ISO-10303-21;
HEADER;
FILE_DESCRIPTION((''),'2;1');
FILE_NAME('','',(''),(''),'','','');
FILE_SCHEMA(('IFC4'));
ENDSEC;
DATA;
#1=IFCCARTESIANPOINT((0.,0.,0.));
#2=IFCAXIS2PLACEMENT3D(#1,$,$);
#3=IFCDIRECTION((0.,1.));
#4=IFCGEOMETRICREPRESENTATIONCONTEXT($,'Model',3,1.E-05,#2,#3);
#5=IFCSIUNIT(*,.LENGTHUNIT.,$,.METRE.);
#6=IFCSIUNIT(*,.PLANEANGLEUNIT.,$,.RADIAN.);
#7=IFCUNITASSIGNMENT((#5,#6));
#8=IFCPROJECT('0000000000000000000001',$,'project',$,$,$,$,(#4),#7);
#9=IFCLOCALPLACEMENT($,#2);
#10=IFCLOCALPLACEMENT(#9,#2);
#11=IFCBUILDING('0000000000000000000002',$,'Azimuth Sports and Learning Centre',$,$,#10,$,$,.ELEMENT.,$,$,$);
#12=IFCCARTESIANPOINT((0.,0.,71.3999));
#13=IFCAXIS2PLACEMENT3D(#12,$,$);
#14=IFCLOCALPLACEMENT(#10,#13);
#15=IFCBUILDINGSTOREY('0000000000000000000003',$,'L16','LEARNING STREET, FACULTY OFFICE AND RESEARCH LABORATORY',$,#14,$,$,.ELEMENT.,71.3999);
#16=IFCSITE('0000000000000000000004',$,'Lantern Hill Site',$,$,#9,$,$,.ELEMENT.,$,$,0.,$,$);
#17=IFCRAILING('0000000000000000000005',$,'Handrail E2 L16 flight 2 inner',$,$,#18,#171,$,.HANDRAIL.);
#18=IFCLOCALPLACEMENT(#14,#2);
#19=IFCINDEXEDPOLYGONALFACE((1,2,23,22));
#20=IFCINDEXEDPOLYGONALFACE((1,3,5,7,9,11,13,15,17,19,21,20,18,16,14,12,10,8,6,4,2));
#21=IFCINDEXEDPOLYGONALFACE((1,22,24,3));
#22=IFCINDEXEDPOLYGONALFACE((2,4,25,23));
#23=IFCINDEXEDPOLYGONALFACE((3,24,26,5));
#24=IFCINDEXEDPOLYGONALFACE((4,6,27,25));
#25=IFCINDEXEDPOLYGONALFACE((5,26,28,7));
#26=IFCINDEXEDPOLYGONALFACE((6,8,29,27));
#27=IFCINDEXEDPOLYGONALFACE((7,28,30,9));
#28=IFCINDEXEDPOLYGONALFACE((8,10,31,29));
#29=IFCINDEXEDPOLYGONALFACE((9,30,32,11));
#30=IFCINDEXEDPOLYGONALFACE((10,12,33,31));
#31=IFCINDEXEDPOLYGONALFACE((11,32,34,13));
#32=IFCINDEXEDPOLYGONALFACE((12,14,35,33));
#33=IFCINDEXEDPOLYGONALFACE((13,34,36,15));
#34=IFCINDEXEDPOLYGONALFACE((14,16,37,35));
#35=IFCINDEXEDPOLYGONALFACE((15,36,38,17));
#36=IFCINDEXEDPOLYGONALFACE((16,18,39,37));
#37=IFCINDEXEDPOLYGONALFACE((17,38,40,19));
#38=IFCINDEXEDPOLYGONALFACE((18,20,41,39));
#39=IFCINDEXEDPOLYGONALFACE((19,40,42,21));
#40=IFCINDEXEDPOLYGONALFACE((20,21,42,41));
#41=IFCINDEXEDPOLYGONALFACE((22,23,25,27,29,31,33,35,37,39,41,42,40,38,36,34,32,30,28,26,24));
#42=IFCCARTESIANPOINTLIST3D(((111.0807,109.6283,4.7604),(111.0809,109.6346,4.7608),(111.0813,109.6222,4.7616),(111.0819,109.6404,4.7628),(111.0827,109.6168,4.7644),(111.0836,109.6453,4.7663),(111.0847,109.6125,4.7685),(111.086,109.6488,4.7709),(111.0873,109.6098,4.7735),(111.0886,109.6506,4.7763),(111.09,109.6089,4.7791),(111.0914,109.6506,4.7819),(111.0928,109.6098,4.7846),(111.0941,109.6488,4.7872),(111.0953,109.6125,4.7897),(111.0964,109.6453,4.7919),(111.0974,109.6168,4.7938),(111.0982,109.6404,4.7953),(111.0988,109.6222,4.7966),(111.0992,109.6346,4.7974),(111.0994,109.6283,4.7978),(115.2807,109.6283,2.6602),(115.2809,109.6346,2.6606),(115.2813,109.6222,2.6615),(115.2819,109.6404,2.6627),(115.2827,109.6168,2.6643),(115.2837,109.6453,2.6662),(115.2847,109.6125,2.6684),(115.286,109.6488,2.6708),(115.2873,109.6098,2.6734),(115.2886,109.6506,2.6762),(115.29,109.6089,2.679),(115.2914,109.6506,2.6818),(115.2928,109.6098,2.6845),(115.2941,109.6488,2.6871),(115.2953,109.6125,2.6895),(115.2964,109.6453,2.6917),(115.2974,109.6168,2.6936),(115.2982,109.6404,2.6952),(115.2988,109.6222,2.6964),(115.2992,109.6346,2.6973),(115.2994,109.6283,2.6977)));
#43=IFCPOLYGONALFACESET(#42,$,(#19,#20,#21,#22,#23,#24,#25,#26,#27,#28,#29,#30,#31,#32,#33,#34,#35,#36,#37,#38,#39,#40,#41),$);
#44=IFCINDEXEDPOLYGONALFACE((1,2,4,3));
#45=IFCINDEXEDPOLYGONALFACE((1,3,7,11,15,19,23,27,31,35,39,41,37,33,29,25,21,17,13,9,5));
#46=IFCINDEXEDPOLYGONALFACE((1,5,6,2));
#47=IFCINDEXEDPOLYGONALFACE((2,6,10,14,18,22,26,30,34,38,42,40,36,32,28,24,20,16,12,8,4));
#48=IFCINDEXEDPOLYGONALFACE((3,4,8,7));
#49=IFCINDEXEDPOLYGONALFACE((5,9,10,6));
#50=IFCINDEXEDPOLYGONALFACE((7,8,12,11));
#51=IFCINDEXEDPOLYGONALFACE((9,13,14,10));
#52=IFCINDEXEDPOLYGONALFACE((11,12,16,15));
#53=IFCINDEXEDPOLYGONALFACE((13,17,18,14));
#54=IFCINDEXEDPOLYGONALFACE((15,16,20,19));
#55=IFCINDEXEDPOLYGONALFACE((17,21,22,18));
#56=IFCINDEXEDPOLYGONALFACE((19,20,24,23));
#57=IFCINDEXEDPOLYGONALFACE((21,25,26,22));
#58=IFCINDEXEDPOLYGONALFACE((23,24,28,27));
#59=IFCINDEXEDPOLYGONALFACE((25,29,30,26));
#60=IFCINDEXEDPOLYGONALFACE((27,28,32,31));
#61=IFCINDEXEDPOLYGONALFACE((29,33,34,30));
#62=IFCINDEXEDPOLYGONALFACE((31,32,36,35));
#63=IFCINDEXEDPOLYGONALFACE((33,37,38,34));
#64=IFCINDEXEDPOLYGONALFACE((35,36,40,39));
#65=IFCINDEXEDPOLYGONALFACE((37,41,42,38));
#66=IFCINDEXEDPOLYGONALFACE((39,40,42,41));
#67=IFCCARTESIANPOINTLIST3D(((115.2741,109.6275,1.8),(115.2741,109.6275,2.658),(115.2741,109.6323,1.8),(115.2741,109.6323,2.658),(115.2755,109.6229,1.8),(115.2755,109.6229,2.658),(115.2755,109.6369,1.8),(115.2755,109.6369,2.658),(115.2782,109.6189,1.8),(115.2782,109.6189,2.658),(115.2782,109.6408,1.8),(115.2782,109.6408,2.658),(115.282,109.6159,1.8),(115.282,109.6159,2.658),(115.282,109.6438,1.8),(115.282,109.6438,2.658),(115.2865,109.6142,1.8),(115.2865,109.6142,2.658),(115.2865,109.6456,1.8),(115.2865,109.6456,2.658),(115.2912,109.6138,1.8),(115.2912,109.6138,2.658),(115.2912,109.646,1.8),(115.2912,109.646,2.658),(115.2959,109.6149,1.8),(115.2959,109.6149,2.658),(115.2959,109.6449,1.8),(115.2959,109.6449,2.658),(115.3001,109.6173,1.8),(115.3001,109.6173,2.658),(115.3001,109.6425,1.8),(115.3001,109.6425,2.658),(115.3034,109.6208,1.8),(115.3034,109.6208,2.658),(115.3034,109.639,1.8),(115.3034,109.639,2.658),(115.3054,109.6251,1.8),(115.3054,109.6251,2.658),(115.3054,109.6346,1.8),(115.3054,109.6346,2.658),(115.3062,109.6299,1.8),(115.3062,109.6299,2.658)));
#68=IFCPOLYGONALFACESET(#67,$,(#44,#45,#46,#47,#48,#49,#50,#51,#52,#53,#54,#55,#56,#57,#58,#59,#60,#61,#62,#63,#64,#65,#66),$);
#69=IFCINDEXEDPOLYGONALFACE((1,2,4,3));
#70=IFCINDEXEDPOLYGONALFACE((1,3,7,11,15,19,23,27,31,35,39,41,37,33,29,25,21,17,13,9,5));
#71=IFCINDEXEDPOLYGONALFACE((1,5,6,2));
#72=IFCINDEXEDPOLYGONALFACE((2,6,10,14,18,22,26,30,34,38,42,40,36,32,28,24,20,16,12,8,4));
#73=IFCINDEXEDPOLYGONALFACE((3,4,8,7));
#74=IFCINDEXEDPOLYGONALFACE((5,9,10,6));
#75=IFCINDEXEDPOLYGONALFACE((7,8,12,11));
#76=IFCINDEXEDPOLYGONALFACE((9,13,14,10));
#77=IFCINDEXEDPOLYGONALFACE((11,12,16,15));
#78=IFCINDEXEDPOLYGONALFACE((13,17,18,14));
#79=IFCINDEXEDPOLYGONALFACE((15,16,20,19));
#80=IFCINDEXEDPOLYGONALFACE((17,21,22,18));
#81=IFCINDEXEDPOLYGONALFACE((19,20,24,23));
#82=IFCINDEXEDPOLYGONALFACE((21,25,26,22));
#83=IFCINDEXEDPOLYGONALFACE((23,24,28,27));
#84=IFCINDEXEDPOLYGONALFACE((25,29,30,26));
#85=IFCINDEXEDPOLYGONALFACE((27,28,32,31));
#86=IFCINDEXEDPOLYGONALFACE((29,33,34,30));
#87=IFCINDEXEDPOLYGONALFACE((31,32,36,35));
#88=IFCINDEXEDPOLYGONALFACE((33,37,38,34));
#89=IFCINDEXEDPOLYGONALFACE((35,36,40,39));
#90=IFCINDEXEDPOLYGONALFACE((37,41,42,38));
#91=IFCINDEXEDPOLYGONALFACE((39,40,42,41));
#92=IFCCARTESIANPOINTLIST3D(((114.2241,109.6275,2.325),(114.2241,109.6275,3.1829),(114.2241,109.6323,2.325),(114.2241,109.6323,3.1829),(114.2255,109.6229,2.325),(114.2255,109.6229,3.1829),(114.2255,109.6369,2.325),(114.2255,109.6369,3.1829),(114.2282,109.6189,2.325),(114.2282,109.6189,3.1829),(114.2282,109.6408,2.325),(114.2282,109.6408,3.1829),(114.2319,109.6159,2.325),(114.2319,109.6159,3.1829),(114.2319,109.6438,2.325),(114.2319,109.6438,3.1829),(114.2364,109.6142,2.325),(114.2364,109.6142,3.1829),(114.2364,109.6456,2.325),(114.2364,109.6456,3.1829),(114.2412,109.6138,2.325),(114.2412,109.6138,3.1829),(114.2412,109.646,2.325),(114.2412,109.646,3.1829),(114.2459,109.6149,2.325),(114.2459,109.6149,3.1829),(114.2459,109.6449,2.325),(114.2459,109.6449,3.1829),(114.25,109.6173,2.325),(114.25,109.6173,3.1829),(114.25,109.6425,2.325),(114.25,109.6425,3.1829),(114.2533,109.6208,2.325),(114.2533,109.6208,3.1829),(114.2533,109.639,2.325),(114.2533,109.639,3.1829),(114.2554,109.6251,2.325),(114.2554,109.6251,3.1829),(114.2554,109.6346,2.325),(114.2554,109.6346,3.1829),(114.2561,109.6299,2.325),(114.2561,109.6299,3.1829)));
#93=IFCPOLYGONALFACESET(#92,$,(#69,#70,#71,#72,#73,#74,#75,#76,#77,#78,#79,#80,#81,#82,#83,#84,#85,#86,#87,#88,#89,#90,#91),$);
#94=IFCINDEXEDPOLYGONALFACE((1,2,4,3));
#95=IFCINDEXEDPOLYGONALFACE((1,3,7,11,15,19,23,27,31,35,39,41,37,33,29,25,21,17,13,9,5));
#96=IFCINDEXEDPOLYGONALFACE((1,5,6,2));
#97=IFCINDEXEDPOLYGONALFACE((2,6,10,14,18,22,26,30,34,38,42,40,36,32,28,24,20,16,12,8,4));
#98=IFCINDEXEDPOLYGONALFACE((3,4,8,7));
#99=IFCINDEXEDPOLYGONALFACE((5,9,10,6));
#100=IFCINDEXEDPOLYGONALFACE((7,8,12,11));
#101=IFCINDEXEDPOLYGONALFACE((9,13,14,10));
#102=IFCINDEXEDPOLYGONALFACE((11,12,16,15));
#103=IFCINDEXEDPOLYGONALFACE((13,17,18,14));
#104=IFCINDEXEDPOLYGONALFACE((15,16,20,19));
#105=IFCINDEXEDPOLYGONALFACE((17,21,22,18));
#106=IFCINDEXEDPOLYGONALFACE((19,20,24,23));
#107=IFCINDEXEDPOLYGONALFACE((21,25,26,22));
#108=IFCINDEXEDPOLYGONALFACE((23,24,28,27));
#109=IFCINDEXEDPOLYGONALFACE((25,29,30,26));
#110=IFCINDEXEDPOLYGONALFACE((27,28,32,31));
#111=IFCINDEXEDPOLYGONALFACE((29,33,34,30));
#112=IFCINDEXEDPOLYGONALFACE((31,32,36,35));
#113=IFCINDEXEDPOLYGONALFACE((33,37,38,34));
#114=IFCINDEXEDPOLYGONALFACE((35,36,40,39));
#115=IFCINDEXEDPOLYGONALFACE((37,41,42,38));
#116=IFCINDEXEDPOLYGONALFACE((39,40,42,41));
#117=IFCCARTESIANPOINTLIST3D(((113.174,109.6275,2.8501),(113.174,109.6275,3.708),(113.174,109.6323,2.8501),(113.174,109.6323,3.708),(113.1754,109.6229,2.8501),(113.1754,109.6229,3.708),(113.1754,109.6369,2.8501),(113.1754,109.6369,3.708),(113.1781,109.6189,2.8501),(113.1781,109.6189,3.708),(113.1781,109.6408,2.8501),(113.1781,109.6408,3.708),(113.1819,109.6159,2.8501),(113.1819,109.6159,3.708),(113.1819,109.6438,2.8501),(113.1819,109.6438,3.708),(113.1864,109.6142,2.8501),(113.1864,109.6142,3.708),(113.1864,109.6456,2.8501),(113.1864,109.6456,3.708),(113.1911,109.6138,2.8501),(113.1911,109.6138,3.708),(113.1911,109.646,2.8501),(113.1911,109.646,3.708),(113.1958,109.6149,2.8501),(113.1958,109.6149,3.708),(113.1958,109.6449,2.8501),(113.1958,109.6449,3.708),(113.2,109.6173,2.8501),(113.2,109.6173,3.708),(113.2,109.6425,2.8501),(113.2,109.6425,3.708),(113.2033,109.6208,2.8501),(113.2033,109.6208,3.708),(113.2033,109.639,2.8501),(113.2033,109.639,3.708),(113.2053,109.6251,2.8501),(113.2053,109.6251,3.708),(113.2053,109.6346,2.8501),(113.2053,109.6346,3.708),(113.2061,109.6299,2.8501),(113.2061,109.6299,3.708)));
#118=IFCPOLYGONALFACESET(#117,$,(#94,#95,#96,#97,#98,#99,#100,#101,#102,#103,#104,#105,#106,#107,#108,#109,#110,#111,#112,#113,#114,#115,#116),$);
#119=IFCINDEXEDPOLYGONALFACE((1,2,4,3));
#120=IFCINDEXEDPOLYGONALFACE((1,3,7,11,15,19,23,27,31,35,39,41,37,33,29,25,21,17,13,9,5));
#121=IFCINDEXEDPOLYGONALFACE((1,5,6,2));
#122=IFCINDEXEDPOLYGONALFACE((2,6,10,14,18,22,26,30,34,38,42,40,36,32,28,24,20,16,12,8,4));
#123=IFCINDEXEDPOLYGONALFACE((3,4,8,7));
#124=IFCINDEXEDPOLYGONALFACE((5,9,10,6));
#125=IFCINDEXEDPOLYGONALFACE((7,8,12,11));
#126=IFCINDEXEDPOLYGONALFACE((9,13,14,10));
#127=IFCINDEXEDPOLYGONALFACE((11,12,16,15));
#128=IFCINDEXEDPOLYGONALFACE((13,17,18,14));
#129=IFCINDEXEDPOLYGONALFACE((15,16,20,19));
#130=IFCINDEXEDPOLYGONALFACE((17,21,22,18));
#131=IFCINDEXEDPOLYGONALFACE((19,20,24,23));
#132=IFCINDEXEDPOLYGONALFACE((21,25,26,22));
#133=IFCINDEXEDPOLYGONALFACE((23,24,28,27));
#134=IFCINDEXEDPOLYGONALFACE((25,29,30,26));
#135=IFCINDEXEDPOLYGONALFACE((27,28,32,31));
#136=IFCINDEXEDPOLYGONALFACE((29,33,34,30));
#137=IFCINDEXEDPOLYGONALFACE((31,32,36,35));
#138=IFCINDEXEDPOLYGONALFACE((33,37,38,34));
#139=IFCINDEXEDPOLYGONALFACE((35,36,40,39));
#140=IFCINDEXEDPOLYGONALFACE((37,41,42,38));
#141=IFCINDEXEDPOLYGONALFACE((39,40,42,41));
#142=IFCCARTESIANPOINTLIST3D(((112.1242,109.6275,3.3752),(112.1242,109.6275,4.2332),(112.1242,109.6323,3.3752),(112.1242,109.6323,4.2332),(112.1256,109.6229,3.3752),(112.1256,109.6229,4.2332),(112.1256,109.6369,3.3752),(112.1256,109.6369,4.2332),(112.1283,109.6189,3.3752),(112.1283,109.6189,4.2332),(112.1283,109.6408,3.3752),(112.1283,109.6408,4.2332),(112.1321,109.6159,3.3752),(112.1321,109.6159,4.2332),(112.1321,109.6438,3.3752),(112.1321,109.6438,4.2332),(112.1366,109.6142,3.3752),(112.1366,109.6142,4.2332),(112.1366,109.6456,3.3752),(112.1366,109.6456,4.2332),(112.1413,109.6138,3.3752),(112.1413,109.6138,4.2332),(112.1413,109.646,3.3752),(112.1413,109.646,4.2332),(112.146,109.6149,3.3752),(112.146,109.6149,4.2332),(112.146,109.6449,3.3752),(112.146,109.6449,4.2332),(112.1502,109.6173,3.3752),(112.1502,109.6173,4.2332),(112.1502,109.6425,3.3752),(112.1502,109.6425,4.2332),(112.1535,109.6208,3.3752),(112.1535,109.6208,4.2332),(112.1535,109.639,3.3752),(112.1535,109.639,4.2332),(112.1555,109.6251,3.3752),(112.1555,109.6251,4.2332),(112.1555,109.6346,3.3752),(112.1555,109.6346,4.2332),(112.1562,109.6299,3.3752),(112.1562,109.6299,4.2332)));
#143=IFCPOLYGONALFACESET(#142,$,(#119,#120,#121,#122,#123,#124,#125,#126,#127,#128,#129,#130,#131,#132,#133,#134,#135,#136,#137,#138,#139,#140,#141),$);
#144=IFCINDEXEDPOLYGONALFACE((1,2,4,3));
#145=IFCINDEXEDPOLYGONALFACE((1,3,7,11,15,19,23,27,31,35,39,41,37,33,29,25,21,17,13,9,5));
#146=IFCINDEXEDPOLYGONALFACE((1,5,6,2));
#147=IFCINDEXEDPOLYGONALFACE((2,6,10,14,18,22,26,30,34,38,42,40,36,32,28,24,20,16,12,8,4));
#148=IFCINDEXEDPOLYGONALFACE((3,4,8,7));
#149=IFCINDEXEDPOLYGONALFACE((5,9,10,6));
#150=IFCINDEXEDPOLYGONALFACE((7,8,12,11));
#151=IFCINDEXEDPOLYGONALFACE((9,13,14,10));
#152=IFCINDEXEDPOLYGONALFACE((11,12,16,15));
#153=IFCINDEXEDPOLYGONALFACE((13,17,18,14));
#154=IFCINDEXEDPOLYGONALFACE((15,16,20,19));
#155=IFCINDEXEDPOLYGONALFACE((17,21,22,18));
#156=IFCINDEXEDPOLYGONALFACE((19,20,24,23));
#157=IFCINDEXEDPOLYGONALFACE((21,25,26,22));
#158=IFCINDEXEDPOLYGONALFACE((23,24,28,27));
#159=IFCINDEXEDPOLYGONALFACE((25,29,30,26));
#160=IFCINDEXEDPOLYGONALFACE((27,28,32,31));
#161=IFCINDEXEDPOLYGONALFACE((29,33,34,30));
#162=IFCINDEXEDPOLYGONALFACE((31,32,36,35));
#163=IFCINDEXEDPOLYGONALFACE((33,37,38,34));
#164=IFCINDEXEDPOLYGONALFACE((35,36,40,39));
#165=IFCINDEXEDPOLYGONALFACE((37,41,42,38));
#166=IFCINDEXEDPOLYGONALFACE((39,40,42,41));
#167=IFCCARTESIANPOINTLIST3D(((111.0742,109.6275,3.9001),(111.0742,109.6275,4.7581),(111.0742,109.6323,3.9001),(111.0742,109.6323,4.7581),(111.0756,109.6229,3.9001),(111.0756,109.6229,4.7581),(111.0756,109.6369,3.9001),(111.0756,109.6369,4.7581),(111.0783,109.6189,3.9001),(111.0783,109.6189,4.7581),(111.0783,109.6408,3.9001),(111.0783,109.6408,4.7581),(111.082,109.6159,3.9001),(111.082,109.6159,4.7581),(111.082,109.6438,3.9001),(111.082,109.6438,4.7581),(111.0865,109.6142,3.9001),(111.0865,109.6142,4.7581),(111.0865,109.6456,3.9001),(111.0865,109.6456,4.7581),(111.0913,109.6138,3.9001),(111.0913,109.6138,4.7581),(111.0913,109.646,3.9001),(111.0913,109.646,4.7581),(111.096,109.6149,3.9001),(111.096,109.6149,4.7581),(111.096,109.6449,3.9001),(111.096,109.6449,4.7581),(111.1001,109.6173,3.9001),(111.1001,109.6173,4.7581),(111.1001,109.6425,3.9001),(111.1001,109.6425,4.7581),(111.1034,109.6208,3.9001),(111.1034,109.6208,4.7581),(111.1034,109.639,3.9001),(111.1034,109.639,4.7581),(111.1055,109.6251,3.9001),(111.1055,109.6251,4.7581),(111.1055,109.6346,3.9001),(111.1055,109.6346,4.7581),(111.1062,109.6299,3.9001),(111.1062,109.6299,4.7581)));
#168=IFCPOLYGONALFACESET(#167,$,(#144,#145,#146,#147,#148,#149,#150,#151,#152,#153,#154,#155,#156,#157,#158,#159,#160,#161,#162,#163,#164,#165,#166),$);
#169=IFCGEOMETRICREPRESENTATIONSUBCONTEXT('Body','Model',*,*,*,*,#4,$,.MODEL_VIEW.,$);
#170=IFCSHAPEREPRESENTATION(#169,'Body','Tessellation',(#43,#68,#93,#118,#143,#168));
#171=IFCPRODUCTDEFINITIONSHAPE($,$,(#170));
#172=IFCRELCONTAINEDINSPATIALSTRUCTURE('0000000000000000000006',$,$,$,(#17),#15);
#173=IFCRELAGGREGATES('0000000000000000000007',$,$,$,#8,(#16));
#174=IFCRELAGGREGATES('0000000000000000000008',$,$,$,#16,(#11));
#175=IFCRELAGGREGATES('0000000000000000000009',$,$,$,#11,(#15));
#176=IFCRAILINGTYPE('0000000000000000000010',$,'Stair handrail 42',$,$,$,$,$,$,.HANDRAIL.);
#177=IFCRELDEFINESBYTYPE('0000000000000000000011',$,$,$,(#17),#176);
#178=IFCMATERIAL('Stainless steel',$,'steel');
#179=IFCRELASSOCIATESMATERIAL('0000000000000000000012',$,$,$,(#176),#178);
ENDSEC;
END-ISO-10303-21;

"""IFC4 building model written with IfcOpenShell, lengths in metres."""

from ifc_helpers import new_model, si_unit, direction, frame, origin, origin_2d, place, context, subcontext, project, spatial, circle, extrude, material, type_object, element, save


model = new_model("IFC4")

# Units and contexts
model_context = context("Model", 3, precision=1e-05, world=origin(), true_north=direction((0.0, 1.0)))
body_context = subcontext(model_context, "Body", "Model", "MODEL_VIEW")
ifc_project = project(units=[si_unit("LENGTHUNIT", "METRE"), si_unit("PLANEANGLEUNIT", "RADIAN")], contexts=[model_context])

# Site, building, storey
site_placement = place(None, origin())
site = spatial("IfcSite", under=ifc_project, at=site_placement, Name="Lantern Hill Site", CompositionType="ELEMENT", RefElevation=0.0)
building_placement = place(site_placement, origin())
building = spatial("IfcBuilding", under=site, at=building_placement, Name="Azimuth Sports and Learning Centre", CompositionType="ELEMENT")
storey_placement = place(building_placement, frame((0.0, 0.0, 71.3999)))
storey = spatial("IfcBuildingStorey", under=building, at=storey_placement, Name="L16", Description="LEARNING STREET, FACULTY OFFICE AND RESEARCH LABORATORY", CompositionType="ELEMENT", Elevation=71.3999)

# Railing
ifc_material_1 = material(Name="Stainless steel", Category="steel")
railing_type_1 = type_object("IfcRailingType", Name="Stair handrail 42", PredefinedType="HANDRAIL", material=ifc_material_1)
railing_1_placement = place(storey_placement, frame((115.29, 109.6299, 1.8)))
element("IfcRailing", 1, at=railing_1_placement, inside=storey, type_object=railing_type_1, Name="Handrail E2 L16 flight 2 inner", PredefinedType="HANDRAIL", context=body_context, shape_type="SweptSolid", body=[
    extrude(circle(Radius=0.021, at=origin_2d()), frame((0.0, 0.0, 0.8789), z_axis=(-0.894417, 0.0, 0.447234), x_axis=(0.0, -1.0, 0.0)), (0.0, 0.0, 1.0), 4.6958),
    extrude(circle(Radius=0.0161, at=origin_2d()), origin(), (0.0, 0.0, 1.0), 0.8579),
    extrude(circle(Radius=0.0161, at=origin_2d()), frame((-1.05, 0.0, 0.5249)), (0.0, 0.0, 1.0), 0.8579),
    extrude(circle(Radius=0.0161, at=origin_2d()), frame((-2.1001, 0.0, 1.05)), (0.0, 0.0, 1.0), 0.8579),
    extrude(circle(Radius=0.0161, at=origin_2d()), frame((-3.1499, 0.0, 1.5752)), (0.0, 0.0, 1.0), 0.8579),
    extrude(circle(Radius=0.0161, at=origin_2d()), frame((-4.2, 0.0, 2.1001)), (0.0, 0.0, 1.0), 0.8579),
])

save(model, "model.ifc")
